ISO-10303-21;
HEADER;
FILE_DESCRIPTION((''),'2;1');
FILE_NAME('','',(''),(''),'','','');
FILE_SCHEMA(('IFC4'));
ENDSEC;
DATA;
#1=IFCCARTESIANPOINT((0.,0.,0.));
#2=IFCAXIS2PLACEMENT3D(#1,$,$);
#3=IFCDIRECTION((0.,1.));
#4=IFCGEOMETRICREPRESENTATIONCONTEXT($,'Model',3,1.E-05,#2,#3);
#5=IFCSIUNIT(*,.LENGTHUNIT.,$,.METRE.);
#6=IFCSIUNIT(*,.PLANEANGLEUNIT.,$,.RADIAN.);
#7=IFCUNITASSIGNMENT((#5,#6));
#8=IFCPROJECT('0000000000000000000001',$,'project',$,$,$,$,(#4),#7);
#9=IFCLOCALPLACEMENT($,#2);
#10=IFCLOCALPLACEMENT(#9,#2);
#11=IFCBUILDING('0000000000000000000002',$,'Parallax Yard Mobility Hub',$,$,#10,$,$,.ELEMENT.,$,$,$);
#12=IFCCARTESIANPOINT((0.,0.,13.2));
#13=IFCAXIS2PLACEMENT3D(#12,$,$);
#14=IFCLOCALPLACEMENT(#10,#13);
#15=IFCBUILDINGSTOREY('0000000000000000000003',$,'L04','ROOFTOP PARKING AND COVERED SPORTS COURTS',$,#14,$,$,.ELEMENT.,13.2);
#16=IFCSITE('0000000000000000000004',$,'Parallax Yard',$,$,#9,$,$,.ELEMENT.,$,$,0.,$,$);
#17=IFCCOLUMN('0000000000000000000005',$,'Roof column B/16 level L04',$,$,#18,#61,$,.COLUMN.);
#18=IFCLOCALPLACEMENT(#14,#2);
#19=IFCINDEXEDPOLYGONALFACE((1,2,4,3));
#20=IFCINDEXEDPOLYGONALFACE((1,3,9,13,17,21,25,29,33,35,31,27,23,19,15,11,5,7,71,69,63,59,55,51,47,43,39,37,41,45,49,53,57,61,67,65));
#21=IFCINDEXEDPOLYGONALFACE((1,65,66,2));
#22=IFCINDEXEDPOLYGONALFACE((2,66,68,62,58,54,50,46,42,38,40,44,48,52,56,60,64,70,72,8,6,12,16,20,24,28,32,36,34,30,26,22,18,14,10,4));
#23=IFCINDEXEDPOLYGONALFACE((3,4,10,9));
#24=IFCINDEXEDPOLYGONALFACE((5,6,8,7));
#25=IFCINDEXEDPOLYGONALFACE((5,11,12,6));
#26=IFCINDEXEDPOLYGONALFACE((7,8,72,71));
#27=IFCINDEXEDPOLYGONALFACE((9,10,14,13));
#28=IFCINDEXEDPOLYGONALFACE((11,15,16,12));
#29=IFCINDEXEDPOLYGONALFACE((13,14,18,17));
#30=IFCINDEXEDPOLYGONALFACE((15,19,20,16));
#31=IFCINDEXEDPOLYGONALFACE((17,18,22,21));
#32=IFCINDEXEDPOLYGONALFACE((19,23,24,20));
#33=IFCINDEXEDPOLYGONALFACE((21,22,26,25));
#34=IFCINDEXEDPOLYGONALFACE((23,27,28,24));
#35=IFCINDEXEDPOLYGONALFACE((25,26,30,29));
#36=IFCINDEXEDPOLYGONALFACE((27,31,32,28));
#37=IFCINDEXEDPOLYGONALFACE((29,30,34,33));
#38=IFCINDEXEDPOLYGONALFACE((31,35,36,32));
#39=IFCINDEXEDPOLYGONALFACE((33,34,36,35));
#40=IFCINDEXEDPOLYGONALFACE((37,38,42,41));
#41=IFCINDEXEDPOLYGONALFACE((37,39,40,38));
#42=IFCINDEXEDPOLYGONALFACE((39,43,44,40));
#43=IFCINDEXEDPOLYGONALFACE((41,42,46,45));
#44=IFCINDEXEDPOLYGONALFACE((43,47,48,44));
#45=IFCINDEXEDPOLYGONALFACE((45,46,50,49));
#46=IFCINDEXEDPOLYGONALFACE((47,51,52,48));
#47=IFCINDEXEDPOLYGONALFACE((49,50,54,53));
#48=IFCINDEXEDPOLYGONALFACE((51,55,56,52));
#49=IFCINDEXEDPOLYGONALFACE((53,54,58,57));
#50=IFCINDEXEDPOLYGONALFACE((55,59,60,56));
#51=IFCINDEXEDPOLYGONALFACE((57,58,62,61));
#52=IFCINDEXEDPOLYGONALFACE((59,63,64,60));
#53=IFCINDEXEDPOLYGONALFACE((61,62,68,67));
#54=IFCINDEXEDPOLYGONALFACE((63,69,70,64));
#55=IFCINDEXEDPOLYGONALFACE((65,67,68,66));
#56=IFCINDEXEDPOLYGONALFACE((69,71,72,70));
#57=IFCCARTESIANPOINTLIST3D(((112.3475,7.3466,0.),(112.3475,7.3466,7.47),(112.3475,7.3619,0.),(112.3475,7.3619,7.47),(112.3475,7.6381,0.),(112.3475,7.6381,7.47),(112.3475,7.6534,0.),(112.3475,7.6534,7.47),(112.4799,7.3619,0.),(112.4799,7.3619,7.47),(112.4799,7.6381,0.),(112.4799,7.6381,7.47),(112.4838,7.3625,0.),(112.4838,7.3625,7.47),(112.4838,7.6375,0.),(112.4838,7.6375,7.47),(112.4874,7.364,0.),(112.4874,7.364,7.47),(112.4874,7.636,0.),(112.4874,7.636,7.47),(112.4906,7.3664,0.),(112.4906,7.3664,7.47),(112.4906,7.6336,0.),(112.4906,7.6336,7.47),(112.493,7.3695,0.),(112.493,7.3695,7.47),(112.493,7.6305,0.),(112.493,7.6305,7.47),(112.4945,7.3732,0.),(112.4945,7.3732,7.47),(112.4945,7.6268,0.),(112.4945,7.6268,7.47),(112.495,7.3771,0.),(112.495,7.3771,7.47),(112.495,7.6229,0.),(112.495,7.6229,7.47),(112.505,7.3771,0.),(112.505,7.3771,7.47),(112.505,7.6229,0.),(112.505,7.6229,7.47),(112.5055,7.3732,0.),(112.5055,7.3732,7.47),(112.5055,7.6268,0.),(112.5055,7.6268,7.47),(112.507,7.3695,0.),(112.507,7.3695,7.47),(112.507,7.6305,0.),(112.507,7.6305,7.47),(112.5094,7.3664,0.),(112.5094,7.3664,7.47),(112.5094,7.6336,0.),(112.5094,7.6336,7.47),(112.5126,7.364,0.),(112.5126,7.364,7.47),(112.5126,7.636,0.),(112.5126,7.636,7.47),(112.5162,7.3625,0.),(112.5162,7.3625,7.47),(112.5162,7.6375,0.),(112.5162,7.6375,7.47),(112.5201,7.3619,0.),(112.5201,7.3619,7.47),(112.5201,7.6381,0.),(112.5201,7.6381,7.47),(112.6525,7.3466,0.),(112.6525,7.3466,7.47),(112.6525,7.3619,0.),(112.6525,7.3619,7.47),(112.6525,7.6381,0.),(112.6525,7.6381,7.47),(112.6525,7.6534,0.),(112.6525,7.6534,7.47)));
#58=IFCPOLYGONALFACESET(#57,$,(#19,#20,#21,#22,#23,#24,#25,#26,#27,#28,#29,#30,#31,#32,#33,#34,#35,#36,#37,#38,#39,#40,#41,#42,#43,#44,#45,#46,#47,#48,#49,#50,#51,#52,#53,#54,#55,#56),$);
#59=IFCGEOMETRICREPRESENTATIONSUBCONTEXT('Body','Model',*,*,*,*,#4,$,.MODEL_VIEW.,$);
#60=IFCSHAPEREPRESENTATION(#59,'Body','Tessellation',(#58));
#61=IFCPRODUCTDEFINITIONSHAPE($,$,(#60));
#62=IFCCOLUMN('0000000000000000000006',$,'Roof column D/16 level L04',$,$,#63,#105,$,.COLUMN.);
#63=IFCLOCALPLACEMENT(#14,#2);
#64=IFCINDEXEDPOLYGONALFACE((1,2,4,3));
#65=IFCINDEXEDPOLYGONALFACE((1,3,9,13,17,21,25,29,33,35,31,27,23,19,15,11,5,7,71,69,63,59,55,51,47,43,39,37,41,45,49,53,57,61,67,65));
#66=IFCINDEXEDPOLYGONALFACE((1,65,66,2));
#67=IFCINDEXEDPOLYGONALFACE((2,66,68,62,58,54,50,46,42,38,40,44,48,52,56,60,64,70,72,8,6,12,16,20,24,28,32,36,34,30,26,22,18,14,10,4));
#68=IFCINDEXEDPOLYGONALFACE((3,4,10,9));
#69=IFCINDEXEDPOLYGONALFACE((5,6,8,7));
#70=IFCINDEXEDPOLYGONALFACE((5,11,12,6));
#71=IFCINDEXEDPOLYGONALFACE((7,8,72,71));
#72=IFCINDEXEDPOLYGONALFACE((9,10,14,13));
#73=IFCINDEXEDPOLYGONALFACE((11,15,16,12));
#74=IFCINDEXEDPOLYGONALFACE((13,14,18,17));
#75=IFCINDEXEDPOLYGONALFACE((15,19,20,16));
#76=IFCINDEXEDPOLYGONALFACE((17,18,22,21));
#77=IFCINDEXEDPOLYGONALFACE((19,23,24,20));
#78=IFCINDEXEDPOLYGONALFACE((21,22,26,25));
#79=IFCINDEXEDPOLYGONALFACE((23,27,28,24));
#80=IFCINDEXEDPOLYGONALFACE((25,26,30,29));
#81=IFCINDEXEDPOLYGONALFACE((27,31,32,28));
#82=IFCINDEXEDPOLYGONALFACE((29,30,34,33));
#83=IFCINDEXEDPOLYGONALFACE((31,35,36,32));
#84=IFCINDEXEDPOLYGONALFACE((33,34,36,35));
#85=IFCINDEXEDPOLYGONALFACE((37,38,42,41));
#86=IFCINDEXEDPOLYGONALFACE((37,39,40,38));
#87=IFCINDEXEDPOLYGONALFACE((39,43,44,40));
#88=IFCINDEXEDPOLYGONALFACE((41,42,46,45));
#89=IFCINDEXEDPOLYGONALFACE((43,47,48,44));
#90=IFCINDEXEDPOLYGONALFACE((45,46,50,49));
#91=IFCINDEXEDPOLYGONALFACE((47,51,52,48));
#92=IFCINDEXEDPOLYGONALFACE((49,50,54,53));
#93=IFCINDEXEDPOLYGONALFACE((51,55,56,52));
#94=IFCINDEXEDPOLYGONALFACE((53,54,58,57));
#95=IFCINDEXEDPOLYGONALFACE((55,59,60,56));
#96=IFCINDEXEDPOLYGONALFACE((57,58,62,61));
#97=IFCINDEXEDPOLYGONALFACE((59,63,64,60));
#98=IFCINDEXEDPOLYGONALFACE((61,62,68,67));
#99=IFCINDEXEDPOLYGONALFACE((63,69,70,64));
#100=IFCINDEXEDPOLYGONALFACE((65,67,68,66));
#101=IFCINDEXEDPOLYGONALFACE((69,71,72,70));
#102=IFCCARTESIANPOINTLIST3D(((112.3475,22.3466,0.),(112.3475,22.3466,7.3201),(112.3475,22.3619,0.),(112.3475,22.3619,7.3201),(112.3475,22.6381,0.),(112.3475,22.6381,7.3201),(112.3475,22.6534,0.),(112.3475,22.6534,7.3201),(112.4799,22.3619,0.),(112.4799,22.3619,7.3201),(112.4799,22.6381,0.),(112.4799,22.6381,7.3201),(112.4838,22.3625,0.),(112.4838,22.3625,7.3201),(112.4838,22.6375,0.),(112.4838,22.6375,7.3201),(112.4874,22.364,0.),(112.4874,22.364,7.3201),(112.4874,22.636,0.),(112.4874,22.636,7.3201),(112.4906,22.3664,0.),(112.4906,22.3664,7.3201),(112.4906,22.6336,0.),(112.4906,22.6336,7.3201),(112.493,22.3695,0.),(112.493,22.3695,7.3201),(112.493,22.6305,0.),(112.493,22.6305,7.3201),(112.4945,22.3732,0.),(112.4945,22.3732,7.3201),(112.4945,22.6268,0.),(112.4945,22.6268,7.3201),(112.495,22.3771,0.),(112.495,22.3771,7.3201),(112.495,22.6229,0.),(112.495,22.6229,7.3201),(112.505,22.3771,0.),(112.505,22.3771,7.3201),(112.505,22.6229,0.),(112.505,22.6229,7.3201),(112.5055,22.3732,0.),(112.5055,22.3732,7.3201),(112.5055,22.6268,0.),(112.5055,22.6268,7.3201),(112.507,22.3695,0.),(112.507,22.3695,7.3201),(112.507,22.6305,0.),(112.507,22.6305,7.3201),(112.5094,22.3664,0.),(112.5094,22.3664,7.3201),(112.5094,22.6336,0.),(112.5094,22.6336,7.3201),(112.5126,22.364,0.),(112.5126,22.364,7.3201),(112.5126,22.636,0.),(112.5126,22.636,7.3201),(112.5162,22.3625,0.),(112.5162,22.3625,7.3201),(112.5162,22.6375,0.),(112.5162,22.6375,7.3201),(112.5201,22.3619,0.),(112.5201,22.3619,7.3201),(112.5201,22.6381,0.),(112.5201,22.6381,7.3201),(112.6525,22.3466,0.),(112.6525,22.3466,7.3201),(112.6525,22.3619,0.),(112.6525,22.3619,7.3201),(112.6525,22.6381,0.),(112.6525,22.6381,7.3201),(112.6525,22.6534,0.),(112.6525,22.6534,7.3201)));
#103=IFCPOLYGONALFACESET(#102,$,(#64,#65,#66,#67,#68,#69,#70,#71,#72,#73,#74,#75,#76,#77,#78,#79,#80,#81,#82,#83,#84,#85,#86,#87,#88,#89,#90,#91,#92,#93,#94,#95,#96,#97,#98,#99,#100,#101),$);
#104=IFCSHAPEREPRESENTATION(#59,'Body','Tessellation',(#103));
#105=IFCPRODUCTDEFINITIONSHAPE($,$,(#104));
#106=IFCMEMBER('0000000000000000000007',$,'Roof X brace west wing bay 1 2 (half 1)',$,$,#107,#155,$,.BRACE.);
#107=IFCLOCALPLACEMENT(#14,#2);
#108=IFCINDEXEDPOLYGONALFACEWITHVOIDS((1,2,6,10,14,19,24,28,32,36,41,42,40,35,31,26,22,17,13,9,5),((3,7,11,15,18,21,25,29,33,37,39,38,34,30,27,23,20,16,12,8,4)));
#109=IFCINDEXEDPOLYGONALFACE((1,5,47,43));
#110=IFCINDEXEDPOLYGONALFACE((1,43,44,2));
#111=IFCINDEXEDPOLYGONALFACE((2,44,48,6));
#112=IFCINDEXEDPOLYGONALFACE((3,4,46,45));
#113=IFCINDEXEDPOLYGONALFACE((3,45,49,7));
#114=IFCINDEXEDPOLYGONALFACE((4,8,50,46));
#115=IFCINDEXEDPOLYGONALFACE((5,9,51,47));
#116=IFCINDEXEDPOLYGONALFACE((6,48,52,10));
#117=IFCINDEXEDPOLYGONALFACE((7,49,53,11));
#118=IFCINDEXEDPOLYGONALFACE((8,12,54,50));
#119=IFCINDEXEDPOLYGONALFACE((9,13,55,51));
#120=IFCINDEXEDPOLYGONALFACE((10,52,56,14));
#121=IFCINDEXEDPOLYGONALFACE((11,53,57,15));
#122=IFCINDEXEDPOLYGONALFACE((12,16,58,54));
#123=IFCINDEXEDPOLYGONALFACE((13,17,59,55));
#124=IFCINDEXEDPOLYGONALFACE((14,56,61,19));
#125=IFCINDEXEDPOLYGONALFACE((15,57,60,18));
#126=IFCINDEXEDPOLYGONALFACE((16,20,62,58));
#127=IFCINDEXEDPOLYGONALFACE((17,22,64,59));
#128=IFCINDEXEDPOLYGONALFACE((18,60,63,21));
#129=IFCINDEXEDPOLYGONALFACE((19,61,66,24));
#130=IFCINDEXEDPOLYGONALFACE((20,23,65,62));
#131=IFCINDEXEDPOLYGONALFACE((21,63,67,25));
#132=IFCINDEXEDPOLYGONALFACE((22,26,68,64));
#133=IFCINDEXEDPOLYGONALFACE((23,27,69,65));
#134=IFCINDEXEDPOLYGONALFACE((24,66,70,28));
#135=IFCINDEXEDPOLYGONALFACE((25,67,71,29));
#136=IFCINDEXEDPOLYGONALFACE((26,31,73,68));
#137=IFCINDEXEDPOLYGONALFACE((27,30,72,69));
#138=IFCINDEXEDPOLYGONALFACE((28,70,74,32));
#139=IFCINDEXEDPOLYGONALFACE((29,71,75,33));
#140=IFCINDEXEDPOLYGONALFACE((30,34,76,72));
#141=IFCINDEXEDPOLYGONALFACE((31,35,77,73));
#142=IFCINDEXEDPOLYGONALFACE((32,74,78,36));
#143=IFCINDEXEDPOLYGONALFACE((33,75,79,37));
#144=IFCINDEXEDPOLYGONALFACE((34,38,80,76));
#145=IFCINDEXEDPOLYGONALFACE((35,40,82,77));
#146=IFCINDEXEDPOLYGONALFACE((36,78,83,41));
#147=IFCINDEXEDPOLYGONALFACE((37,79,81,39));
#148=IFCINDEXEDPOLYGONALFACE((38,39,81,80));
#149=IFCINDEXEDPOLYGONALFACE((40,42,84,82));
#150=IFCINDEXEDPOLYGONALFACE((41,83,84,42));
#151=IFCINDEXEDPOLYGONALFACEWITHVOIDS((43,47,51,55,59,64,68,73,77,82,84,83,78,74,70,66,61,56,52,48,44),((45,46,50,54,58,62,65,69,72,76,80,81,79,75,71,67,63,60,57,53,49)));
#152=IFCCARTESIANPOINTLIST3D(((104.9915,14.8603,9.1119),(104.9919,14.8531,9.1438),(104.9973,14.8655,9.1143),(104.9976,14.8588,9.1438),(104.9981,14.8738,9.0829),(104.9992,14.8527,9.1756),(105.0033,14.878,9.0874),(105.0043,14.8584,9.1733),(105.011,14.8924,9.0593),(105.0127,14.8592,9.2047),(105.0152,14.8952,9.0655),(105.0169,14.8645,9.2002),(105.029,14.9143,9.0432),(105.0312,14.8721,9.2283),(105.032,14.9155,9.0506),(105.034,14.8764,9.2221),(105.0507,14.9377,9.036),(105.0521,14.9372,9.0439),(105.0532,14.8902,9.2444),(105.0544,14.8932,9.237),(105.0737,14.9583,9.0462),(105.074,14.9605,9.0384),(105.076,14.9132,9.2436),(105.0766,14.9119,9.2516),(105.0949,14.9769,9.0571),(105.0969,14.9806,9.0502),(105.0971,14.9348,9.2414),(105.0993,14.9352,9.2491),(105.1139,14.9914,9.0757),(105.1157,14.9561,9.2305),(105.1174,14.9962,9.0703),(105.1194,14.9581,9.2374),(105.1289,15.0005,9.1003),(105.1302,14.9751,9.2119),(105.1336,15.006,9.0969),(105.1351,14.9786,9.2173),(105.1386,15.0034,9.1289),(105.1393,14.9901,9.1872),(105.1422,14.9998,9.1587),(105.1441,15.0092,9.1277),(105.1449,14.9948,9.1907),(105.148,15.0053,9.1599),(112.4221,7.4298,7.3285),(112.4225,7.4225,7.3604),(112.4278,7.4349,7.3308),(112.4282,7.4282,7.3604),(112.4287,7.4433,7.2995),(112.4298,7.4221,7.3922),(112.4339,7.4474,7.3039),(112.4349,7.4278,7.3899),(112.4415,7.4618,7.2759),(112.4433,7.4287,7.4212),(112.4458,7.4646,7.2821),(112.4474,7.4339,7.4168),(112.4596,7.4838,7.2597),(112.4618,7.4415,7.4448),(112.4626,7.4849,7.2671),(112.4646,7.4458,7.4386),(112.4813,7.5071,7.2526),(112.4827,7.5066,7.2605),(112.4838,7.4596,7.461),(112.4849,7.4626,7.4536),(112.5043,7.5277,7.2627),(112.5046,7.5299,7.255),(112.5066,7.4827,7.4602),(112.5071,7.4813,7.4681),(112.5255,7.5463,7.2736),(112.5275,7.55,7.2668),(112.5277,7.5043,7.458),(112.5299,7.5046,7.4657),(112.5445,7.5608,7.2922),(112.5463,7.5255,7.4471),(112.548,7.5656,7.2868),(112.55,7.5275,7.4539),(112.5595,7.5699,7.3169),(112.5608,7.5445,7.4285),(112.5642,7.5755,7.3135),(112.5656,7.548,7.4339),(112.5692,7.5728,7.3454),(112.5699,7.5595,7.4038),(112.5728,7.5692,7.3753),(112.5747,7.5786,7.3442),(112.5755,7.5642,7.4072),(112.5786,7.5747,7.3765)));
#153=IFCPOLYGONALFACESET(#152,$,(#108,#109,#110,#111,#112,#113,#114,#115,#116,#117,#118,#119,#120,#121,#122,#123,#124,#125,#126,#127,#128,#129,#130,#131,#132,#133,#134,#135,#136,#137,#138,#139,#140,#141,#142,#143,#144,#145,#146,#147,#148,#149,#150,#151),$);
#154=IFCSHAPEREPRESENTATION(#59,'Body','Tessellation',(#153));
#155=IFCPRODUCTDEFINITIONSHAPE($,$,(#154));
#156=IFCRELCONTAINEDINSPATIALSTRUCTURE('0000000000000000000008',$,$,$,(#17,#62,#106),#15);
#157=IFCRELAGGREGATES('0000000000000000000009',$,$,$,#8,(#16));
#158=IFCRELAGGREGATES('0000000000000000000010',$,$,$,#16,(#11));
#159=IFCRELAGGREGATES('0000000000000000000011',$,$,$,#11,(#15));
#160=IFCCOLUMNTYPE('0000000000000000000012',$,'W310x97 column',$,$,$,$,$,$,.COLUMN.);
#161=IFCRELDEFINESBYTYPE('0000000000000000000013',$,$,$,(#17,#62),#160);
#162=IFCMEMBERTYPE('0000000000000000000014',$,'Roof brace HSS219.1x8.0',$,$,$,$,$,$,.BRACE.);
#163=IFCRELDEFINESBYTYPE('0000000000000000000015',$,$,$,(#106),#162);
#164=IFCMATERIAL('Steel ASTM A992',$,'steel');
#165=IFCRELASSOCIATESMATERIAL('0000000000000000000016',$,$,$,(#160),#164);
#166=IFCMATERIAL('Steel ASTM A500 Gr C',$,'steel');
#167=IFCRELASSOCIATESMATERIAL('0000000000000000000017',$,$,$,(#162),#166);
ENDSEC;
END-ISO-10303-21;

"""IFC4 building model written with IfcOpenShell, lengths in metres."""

from ifc_helpers import new_model, si_unit, direction, frame, origin, origin_2d, place, context, subcontext, project, spatial, hollow_circle, i_section, extrude, material, material_profile, profile_set, type_object, element, save


model = new_model("IFC4")

# Units and contexts
model_context = context("Model", 3, precision=1e-05, world=origin(), true_north=direction((0.0, 1.0)))
body_context = subcontext(model_context, "Body", "Model", "MODEL_VIEW")
ifc_project = project(units=[si_unit("LENGTHUNIT", "METRE"), si_unit("PLANEANGLEUNIT", "RADIAN")], contexts=[model_context])

# Site, building, storey
site_placement = place(None, origin())
site = spatial("IfcSite", under=ifc_project, at=site_placement, Name="Parallax Yard", CompositionType="ELEMENT", RefElevation=0.0)
building_placement = place(site_placement, origin())
building = spatial("IfcBuilding", under=site, at=building_placement, Name="Parallax Yard Mobility Hub", CompositionType="ELEMENT")
storey_placement = place(building_placement, frame((0.0, 0.0, 13.2)))
storey = spatial("IfcBuildingStorey", under=building, at=storey_placement, Name="L04", Description="ROOFTOP PARKING AND COVERED SPORTS COURTS", CompositionType="ELEMENT", Elevation=13.2)

# Columns
ifc_material_1 = material(Name="Steel ASTM A992", Category="steel")
ifc_material_profile_1 = material_profile(ifc_material_1, i_section(OverallWidth=0.3049, OverallDepth=0.3069, WebThickness=0.01, FlangeThickness=0.0154, FilletRadius=0.0151, at=origin_2d()), Name="W310x97")
ifc_profile_set_1 = profile_set([ifc_material_profile_1], Name="Steel ASTM A992")
column_type = type_object("IfcColumnType", Name="W310x97 column", PredefinedType="COLUMN", material=ifc_profile_set_1)
column_1_placement = place(storey_placement, frame((112.5, 7.5, 0.0), z_axis=(0.0, 0.0, 1.0), x_axis=(1.0, 0.0, 0.0)))
element("IfcColumn", 1, at=column_1_placement, inside=storey, type_object=column_type, Name="Roof column B/16 level L04", PredefinedType="COLUMN", context=body_context, shape_type="SweptSolid", body=[
    extrude(i_section(OverallWidth=0.3049, OverallDepth=0.3069, WebThickness=0.01, FlangeThickness=0.0154, FilletRadius=0.0151, at=origin_2d()), origin(), (0.0, 0.0, 1.0), 7.47),
])
column_2_placement = place(storey_placement, frame((112.5, 22.5, 0.0), z_axis=(0.0, 0.0, 1.0), x_axis=(1.0, 0.0, 0.0)))
element("IfcColumn", 2, at=column_2_placement, inside=storey, type_object=column_type, Name="Roof column D/16 level L04", PredefinedType="COLUMN", context=body_context, shape_type="SweptSolid", body=[
    extrude(i_section(OverallWidth=0.3049, OverallDepth=0.3069, WebThickness=0.01, FlangeThickness=0.0154, FilletRadius=0.0151, at=origin_2d()), origin(), (0.0, 0.0, 1.0), 7.3201),
])

# Member
ifc_material_2 = material(Name="Steel ASTM A500 Gr C", Category="steel")
ifc_material_profile_2 = material_profile(ifc_material_2, hollow_circle(Radius=0.1096, WallThickness=0.0081, at=origin_2d()), Name="HSS219.1x8.0")
ifc_profile_set_2 = profile_set([ifc_material_profile_2], Name="Steel ASTM A500 Gr C")
member_type_1 = type_object("IfcMemberType", Name="Roof brace HSS219.1x8.0", PredefinedType="BRACE", material=ifc_profile_set_2)
for number, where, z_axis, x_axis, name in (
    (3, (112.5, 7.5, 7.3604), (-0.697138, 0.697138, 0.167321), (-0.707107, -0.707107, 0.0), "Roof X brace west wing bay 1 2 (half 1)"),
):
    element("IfcMember", number, at=place(storey_placement, frame(where, z_axis=z_axis, x_axis=x_axis)), inside=storey, type_object=member_type_1, Name=name, PredefinedType="BRACE", context=body_context, shape_type="SweptSolid", body=[
        extrude(hollow_circle(Radius=0.1096, WallThickness=0.0081, at=origin_2d()), origin(), (0.0, 0.0, 1.0), 10.6587),
    ])

save(model, "model.ifc")
